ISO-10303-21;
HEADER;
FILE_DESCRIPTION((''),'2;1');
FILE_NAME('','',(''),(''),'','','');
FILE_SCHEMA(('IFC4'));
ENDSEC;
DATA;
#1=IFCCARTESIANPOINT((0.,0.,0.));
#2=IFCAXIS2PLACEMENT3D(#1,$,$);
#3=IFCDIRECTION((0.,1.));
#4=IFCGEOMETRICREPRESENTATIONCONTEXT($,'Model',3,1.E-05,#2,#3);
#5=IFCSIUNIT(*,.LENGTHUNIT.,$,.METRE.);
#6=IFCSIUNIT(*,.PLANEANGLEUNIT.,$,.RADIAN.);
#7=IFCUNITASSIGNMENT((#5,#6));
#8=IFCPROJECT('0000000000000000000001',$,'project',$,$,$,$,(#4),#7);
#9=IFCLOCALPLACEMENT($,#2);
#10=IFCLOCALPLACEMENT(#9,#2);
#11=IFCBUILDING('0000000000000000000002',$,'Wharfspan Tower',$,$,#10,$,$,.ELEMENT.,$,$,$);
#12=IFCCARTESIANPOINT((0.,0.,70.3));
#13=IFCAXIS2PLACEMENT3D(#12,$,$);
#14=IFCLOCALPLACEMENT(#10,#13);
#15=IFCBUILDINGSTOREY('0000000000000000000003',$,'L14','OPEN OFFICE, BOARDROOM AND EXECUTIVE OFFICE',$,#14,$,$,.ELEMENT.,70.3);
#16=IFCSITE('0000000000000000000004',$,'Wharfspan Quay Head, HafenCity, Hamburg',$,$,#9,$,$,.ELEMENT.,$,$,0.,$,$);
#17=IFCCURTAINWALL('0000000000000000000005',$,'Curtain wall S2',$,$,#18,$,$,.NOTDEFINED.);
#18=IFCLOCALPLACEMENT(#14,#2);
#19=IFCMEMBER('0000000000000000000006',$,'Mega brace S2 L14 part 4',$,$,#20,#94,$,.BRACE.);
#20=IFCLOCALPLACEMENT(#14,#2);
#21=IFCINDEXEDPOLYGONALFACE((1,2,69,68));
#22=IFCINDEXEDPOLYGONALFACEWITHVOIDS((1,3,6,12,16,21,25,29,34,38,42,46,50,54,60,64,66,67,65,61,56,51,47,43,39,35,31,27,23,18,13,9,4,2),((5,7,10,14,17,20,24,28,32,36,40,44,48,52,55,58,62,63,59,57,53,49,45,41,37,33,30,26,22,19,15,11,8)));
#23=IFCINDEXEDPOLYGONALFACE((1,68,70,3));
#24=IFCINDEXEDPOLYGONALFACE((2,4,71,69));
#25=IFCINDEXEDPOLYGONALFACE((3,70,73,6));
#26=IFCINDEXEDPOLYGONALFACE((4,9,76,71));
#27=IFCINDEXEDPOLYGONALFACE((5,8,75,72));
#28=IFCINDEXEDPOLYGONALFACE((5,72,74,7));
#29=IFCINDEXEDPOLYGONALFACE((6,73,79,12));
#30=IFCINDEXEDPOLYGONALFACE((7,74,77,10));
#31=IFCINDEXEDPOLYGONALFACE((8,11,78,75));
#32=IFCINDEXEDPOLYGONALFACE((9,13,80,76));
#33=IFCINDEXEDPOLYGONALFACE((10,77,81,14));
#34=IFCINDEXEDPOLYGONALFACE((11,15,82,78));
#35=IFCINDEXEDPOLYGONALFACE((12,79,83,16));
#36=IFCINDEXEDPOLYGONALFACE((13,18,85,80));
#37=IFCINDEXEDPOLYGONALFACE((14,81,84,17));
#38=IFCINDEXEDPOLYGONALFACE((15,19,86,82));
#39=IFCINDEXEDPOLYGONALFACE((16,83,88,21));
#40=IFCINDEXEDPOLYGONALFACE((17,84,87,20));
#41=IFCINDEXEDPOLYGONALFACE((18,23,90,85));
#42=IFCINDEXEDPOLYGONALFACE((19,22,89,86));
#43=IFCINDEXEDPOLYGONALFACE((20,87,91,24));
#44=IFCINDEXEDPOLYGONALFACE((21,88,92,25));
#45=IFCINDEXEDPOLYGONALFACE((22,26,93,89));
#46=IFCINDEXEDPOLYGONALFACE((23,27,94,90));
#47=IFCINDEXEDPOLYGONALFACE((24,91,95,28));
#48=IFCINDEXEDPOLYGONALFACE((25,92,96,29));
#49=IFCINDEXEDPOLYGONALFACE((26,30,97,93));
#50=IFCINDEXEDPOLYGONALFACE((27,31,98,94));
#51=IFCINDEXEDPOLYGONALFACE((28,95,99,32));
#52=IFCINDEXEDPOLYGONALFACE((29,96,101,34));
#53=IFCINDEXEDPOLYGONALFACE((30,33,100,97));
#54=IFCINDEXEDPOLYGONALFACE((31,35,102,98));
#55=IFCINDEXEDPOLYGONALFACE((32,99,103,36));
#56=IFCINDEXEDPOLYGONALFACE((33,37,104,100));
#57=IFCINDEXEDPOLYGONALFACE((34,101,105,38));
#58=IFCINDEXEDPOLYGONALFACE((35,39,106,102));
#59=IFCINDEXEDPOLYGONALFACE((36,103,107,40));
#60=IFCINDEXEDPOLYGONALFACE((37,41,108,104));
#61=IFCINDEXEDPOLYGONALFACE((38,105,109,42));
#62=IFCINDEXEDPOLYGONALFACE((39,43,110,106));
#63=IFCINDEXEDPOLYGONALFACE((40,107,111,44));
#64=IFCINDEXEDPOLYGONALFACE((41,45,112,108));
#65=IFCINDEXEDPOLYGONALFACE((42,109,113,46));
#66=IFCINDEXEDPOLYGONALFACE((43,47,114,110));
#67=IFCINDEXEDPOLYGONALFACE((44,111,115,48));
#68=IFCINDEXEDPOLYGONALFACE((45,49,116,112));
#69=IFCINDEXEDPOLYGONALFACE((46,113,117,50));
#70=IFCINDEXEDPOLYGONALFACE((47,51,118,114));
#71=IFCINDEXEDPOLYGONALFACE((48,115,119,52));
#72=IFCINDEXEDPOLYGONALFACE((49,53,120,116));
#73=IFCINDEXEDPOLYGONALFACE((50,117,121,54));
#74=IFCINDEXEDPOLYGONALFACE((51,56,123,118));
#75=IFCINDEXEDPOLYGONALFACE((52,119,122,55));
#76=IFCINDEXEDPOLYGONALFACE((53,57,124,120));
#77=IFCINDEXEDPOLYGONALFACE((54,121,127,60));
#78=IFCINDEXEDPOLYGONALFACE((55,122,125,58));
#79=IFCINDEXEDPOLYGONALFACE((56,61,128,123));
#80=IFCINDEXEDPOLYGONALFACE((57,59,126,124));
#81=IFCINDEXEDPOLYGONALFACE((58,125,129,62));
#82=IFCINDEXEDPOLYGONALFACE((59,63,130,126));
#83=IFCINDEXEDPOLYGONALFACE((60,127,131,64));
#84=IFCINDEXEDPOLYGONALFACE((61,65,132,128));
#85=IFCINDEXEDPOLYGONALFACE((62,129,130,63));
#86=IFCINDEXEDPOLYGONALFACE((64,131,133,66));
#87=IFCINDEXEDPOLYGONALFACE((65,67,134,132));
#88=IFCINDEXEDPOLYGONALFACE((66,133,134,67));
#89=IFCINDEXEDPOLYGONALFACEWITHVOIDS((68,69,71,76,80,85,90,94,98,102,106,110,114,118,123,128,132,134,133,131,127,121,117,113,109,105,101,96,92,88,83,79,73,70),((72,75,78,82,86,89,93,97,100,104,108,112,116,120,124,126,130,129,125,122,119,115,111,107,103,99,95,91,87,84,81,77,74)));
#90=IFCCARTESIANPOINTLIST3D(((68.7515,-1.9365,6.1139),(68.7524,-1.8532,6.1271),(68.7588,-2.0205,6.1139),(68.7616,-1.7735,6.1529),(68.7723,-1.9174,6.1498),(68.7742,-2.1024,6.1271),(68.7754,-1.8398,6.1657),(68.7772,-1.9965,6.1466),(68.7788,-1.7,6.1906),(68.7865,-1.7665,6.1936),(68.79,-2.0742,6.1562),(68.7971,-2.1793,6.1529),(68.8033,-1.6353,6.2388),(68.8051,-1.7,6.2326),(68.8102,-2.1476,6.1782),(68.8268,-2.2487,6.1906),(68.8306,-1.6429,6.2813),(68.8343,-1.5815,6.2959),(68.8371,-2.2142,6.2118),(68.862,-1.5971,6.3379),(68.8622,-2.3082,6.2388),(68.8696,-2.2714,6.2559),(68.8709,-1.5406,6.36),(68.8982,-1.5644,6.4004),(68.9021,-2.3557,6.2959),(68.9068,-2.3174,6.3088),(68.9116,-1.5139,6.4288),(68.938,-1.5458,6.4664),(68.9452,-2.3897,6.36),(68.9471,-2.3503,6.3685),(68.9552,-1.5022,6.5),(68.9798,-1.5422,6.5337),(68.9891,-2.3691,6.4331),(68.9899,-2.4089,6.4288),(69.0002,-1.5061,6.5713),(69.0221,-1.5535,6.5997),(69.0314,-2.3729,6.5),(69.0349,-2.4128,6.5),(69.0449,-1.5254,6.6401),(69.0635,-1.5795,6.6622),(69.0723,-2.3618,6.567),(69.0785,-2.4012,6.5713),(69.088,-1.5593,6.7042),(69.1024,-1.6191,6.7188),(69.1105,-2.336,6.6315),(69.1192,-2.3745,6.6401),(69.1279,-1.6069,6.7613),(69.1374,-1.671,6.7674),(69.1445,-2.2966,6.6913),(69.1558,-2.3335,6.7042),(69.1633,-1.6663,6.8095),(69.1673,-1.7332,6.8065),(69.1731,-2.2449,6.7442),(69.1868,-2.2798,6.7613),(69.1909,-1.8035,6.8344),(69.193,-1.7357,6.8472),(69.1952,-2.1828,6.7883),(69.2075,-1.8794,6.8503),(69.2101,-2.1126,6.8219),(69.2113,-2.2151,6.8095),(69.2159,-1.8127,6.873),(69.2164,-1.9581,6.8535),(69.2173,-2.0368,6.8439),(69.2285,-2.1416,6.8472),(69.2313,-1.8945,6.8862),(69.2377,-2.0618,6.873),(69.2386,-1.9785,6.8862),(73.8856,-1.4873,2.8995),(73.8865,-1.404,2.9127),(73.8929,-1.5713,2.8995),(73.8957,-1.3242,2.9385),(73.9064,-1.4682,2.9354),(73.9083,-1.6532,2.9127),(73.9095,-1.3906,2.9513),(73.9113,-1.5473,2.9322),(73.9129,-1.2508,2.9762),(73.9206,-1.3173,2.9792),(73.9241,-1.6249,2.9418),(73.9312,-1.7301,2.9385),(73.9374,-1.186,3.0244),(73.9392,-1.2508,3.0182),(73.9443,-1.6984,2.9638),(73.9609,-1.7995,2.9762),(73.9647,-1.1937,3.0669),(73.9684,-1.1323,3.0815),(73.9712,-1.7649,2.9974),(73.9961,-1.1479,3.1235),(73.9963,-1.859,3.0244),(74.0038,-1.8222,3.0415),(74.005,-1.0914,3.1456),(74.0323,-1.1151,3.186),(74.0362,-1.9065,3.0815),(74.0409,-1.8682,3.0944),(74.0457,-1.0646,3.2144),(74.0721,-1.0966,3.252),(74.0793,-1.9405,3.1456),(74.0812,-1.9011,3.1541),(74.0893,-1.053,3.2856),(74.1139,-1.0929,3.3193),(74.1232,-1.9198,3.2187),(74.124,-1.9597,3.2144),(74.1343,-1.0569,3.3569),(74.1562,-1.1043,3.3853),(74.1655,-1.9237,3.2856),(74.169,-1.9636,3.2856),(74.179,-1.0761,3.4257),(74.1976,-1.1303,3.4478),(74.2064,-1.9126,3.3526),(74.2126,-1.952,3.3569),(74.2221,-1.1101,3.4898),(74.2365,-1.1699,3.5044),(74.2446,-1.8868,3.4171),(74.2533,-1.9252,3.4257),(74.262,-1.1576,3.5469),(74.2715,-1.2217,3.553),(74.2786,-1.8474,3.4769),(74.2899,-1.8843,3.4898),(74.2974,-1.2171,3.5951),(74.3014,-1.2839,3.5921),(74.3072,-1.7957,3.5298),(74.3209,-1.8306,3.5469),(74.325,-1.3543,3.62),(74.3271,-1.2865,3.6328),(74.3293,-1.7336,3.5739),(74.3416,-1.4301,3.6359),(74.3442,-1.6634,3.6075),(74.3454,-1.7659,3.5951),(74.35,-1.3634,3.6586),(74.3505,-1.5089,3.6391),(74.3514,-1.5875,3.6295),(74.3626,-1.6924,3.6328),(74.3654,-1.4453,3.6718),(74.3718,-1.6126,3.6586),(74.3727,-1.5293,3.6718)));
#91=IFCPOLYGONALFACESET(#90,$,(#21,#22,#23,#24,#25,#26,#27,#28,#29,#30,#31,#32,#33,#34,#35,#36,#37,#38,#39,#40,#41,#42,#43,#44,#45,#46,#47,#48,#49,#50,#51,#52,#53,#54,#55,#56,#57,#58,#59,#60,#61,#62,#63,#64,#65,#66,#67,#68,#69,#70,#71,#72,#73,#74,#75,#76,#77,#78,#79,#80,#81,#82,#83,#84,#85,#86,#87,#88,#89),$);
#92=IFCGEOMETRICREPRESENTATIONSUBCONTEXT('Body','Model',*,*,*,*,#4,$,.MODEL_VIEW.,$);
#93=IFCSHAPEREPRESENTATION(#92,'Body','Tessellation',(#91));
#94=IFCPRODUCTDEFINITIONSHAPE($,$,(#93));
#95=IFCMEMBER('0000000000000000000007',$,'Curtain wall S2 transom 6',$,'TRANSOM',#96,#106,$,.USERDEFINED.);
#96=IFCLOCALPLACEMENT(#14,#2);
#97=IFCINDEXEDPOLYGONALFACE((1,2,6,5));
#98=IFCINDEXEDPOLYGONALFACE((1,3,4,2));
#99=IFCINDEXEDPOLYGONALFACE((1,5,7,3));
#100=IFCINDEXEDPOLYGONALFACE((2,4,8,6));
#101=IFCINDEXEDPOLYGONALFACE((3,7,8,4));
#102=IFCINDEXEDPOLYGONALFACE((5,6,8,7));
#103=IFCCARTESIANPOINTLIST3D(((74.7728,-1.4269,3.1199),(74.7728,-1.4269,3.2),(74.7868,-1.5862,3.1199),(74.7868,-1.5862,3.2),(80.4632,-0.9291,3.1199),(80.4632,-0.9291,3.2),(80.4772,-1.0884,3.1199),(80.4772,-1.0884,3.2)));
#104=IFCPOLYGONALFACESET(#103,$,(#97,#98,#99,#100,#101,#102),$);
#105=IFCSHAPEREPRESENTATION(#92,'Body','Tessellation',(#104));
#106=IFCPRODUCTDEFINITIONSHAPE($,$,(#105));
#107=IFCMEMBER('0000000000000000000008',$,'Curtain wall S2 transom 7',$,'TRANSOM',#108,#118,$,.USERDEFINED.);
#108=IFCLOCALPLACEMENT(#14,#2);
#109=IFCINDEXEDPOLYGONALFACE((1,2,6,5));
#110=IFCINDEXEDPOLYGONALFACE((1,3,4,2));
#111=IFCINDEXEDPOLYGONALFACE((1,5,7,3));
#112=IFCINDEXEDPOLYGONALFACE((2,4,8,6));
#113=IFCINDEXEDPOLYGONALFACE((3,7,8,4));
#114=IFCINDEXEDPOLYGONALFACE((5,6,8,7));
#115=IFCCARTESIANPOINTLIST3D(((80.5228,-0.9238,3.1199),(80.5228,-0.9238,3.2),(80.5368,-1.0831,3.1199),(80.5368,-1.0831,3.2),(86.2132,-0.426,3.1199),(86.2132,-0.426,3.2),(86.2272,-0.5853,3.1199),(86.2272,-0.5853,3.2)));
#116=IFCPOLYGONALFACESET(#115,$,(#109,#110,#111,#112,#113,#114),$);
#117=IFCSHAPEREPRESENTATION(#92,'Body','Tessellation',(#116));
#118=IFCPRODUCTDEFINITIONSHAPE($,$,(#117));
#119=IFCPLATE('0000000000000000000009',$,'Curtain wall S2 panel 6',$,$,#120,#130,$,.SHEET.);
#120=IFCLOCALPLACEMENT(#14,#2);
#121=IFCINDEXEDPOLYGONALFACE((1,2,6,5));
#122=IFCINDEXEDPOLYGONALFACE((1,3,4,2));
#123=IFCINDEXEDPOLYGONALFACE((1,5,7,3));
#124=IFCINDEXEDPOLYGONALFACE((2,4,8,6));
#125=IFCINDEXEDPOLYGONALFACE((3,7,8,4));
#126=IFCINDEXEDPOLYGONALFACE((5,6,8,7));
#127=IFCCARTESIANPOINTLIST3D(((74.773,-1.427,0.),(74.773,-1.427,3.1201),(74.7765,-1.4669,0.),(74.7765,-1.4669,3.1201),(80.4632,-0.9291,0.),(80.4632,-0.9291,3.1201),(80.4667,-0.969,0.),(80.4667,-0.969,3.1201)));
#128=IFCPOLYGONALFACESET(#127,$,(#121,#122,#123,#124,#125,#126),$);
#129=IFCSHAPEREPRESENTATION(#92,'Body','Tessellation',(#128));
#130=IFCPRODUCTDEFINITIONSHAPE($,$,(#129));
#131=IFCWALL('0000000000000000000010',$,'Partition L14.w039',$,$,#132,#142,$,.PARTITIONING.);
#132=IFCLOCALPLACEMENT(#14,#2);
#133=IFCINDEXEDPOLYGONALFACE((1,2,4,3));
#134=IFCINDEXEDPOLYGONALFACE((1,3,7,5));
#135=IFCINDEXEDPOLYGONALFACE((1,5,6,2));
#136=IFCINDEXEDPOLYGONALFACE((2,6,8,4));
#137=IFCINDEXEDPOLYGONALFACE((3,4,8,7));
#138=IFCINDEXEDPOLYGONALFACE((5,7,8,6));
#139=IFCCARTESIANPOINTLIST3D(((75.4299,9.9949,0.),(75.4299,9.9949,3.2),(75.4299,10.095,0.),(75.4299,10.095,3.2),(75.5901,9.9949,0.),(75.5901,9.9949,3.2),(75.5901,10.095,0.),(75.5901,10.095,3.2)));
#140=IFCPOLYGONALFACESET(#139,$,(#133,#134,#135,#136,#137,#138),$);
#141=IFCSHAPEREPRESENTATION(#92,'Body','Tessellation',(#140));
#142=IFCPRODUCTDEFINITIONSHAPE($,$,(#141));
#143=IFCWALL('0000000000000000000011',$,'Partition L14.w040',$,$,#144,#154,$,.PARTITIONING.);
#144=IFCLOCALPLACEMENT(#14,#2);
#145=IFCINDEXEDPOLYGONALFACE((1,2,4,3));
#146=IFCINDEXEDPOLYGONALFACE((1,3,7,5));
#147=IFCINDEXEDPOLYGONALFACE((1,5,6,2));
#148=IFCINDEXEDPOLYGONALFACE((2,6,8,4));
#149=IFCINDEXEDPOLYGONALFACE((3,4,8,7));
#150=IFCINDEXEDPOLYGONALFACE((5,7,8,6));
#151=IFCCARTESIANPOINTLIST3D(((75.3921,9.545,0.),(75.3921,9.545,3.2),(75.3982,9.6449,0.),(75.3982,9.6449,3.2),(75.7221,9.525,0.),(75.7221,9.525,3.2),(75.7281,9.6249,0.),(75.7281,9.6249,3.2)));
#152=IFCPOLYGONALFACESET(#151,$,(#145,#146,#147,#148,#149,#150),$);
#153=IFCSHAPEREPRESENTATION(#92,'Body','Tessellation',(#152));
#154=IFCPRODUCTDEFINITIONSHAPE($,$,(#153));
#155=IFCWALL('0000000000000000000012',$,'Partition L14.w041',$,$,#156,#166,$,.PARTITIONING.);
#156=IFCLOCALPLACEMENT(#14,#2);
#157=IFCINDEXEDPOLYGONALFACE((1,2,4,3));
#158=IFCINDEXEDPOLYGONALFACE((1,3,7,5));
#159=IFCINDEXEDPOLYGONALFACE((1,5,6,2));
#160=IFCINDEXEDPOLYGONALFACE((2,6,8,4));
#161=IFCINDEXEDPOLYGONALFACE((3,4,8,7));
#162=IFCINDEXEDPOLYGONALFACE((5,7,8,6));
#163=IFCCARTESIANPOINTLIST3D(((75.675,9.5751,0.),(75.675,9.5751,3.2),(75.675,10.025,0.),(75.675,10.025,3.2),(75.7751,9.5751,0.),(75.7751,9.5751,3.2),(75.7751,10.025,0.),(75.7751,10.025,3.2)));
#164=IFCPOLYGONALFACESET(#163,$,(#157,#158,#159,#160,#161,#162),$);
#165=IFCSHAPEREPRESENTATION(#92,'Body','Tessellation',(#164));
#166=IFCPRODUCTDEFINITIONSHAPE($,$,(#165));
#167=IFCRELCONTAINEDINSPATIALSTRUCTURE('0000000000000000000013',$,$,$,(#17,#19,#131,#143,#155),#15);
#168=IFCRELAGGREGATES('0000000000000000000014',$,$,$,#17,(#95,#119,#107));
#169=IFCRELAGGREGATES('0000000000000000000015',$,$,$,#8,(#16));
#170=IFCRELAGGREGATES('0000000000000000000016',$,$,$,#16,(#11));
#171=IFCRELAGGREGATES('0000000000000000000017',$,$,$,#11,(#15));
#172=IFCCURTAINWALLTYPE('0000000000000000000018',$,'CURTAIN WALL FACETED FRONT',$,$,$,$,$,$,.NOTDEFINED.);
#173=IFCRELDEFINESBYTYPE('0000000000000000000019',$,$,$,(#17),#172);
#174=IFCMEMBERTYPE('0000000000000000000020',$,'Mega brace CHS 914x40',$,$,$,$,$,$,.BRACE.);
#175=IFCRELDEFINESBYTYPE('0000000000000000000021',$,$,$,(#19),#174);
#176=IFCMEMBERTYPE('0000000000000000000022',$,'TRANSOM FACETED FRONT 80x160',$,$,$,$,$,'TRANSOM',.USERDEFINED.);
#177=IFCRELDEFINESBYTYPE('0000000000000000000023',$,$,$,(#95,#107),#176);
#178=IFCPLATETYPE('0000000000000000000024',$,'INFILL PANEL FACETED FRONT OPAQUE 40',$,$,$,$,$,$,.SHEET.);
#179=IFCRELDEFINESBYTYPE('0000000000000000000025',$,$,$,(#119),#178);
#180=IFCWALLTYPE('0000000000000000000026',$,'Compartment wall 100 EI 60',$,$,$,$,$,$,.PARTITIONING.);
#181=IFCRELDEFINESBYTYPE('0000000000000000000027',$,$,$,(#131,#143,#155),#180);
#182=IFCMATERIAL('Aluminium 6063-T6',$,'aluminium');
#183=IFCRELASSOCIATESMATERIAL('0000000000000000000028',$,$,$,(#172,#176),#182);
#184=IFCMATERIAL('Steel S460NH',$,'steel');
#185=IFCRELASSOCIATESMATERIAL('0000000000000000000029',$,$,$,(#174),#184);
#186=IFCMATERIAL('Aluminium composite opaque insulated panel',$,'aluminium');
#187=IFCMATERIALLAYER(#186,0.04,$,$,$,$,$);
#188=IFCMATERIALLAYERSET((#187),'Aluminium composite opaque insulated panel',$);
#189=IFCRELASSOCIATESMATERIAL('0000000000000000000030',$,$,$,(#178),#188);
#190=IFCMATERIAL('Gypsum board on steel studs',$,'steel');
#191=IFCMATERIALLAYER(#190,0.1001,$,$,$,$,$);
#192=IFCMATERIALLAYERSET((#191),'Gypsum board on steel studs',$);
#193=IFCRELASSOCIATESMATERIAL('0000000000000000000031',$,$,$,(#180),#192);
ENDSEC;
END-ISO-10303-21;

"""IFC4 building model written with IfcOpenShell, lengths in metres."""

from ifc_helpers import new_model, si_unit, direction, frame, frame_2d, origin, origin_2d, place, context, subcontext, project, spatial, rectangle, hollow_circle, extrude, material, layer, layer_set, material_profile, profile_set, type_object, element, aggregate, save


model = new_model("IFC4")

# Units and contexts
model_context = context("Model", 3, precision=1e-05, world=origin(), true_north=direction((0.0, 1.0)))
body_context = subcontext(model_context, "Body", "Model", "MODEL_VIEW")
ifc_project = project(units=[si_unit("LENGTHUNIT", "METRE"), si_unit("PLANEANGLEUNIT", "RADIAN")], contexts=[model_context])

# Site, building, storey
site_placement = place(None, origin())
site = spatial("IfcSite", under=ifc_project, at=site_placement, Name="Wharfspan Quay Head, HafenCity, Hamburg", CompositionType="ELEMENT", RefElevation=0.0)
building_placement = place(site_placement, origin())
building = spatial("IfcBuilding", under=site, at=building_placement, Name="Wharfspan Tower", CompositionType="ELEMENT")
storey_placement = place(building_placement, frame((0.0, 0.0, 70.3)))
storey = spatial("IfcBuildingStorey", under=building, at=storey_placement, Name="L14", Description="OPEN OFFICE, BOARDROOM AND EXECUTIVE OFFICE", CompositionType="ELEMENT", Elevation=70.3)

# Curtain wall
ifc_material_1 = material(Name="Aluminium 6063-T6", Category="aluminium")
curtain_wall_type = type_object("IfcCurtainWallType", Name="CURTAIN WALL FACETED FRONT", PredefinedType="NOTDEFINED", material=ifc_material_1)
curtain_wall_placement = place(storey_placement, origin())
curtain_wall = element("IfcCurtainWall", 1, at=curtain_wall_placement, inside=storey, type_object=curtain_wall_type, Name="Curtain wall S2", PredefinedType="NOTDEFINED")

# Member
ifc_material_2 = material(Name="Steel S460NH", Category="steel")
ifc_material_profile_1 = material_profile(ifc_material_2, hollow_circle(Radius=0.457, WallThickness=0.04, at=origin_2d()))
ifc_profile_set_1 = profile_set([ifc_material_profile_1], Name="Steel S460NH")
member_type_1 = type_object("IfcMemberType", Name="Mega brace CHS 914x40", PredefinedType="BRACE", material=ifc_profile_set_1)
member_1_placement = place(storey_placement, frame((74.1291, -1.5083, 3.2856), z_axis=(-0.845262, -0.073959, 0.529208), x_axis=(0.087167, -0.996192, 0.000003)))
element("IfcMember", 2, at=member_1_placement, inside=storey, type_object=member_type_1, Name="Mega brace S2 L14 part 4", PredefinedType="BRACE", context=body_context, shape_type="SweptSolid", body=[
    extrude(hollow_circle(Radius=0.457, WallThickness=0.04, at=origin_2d()), origin(), (0.0, 0.0, 1.0), 6.074),
])

# Members
ifc_material_profile_2 = material_profile(ifc_material_1, rectangle(XDim=0.1599, YDim=0.0801, at=origin_2d()))
ifc_profile_set_2 = profile_set([ifc_material_profile_2], Name="Aluminium 6063-T6")
member_type_2 = type_object("IfcMemberType", Name="TRANSOM FACETED FRONT 80x160", ElementType="TRANSOM", PredefinedType="USERDEFINED", material=ifc_profile_set_2)
member_2_placement = place(storey_placement, frame((74.7798, -1.5066, 3.1599), z_axis=(0.996195, 0.087148, 0.0), x_axis=(-0.087148, 0.996195, 0.0)))
member_2 = element("IfcMember", 3, at=member_2_placement, type_object=member_type_2, Name="Curtain wall S2 transom 6", ObjectType="TRANSOM", PredefinedType="USERDEFINED", context=body_context, shape_type="SweptSolid", body=[
    extrude(rectangle(XDim=0.1599, YDim=0.0801, at=origin_2d()), origin(), (0.0, 0.0, 1.0), 5.7122),
])
member_3_placement = place(storey_placement, frame((80.5298, -1.0034, 3.1599), z_axis=(0.996195, 0.087148, 0.0), x_axis=(-0.087148, 0.996195, 0.0)))
member_3 = element("IfcMember", 4, at=member_3_placement, type_object=member_type_2, Name="Curtain wall S2 transom 7", ObjectType="TRANSOM", PredefinedType="USERDEFINED", context=body_context, shape_type="SweptSolid", body=[
    extrude(rectangle(XDim=0.1599, YDim=0.0801, at=origin_2d()), origin(), (0.0, 0.0, 1.0), 5.7122),
])

# Plate
ifc_material_3 = material(Name="Aluminium composite opaque insulated panel", Category="aluminium")
ifc_layer_1 = layer(ifc_material_3, 0.04)
ifc_layer_set_1 = layer_set([ifc_layer_1], Name="Aluminium composite opaque insulated panel")
plate_type = type_object("IfcPlateType", Name="INFILL PANEL FACETED FRONT OPAQUE 40", PredefinedType="SHEET", material=ifc_layer_set_1)
plate_placement = place(storey_placement, frame((77.6199, -1.198, 0.0), z_axis=(0.0, 0.0, 1.0), x_axis=(0.996197, 0.087156, 0.0)))
plate = element("IfcPlate", 5, at=plate_placement, type_object=plate_type, Name="Curtain wall S2 panel 6", PredefinedType="SHEET", context=body_context, shape_type="SweptSolid", body=[
    extrude(rectangle(XDim=5.7119, YDim=0.04, at=origin_2d()), origin(), (0.0, 0.0, 1.0), 3.1201),
])
aggregate(curtain_wall, [member_2, plate, member_3])

# Walls
ifc_material_4 = material(Name="Gypsum board on steel studs", Category="steel")
ifc_layer_2 = layer(ifc_material_4, 0.1001)
ifc_layer_set_2 = layer_set([ifc_layer_2], Name="Gypsum board on steel studs")
wall_type_1 = type_object("IfcWallType", Name="Compartment wall 100 EI 60", PredefinedType="PARTITIONING", material=ifc_layer_set_2)
wall_1_placement = place(storey_placement, frame((75.4299, 10.0449, 0.0), z_axis=(0.0, 0.0, 1.0), x_axis=(1.0, 0.0, 0.0)))
element("IfcWall", 6, at=wall_1_placement, inside=storey, type_object=wall_type_1, Name="Partition L14.w039", PredefinedType="PARTITIONING", context=body_context, shape_type="SweptSolid", body=[
    extrude(rectangle(XDim=0.1602, YDim=0.1001, at=frame_2d((0.0801, 0.0))), origin(), (0.0, 0.0, 1.0), 3.2),
])
wall_2_placement = place(storey_placement, frame((75.7251, 9.575, 0.0), z_axis=(0.0, 0.0, 1.0), x_axis=(-0.99817, 0.06054, 0.0)))
element("IfcWall", 7, at=wall_2_placement, inside=storey, type_object=wall_type_1, Name="Partition L14.w040", PredefinedType="PARTITIONING", context=body_context, shape_type="SweptSolid", body=[
    extrude(rectangle(XDim=0.3306, YDim=0.1001, at=frame_2d((0.1653, 0.0))), origin(), (0.0, 0.0, 1.0), 3.2),
])
wall_3_placement = place(storey_placement, frame((75.7251, 9.575, 0.0), z_axis=(0.0, 0.0, 1.0), x_axis=(0.0, 1.0, 0.0)))
element("IfcWall", 8, at=wall_3_placement, inside=storey, type_object=wall_type_1, Name="Partition L14.w041", PredefinedType="PARTITIONING", context=body_context, shape_type="SweptSolid", body=[
    extrude(rectangle(XDim=0.45, YDim=0.1001, at=frame_2d((0.2251, 0.0))), origin(), (0.0, 0.0, 1.0), 3.2),
])

save(model, "model.ifc")
